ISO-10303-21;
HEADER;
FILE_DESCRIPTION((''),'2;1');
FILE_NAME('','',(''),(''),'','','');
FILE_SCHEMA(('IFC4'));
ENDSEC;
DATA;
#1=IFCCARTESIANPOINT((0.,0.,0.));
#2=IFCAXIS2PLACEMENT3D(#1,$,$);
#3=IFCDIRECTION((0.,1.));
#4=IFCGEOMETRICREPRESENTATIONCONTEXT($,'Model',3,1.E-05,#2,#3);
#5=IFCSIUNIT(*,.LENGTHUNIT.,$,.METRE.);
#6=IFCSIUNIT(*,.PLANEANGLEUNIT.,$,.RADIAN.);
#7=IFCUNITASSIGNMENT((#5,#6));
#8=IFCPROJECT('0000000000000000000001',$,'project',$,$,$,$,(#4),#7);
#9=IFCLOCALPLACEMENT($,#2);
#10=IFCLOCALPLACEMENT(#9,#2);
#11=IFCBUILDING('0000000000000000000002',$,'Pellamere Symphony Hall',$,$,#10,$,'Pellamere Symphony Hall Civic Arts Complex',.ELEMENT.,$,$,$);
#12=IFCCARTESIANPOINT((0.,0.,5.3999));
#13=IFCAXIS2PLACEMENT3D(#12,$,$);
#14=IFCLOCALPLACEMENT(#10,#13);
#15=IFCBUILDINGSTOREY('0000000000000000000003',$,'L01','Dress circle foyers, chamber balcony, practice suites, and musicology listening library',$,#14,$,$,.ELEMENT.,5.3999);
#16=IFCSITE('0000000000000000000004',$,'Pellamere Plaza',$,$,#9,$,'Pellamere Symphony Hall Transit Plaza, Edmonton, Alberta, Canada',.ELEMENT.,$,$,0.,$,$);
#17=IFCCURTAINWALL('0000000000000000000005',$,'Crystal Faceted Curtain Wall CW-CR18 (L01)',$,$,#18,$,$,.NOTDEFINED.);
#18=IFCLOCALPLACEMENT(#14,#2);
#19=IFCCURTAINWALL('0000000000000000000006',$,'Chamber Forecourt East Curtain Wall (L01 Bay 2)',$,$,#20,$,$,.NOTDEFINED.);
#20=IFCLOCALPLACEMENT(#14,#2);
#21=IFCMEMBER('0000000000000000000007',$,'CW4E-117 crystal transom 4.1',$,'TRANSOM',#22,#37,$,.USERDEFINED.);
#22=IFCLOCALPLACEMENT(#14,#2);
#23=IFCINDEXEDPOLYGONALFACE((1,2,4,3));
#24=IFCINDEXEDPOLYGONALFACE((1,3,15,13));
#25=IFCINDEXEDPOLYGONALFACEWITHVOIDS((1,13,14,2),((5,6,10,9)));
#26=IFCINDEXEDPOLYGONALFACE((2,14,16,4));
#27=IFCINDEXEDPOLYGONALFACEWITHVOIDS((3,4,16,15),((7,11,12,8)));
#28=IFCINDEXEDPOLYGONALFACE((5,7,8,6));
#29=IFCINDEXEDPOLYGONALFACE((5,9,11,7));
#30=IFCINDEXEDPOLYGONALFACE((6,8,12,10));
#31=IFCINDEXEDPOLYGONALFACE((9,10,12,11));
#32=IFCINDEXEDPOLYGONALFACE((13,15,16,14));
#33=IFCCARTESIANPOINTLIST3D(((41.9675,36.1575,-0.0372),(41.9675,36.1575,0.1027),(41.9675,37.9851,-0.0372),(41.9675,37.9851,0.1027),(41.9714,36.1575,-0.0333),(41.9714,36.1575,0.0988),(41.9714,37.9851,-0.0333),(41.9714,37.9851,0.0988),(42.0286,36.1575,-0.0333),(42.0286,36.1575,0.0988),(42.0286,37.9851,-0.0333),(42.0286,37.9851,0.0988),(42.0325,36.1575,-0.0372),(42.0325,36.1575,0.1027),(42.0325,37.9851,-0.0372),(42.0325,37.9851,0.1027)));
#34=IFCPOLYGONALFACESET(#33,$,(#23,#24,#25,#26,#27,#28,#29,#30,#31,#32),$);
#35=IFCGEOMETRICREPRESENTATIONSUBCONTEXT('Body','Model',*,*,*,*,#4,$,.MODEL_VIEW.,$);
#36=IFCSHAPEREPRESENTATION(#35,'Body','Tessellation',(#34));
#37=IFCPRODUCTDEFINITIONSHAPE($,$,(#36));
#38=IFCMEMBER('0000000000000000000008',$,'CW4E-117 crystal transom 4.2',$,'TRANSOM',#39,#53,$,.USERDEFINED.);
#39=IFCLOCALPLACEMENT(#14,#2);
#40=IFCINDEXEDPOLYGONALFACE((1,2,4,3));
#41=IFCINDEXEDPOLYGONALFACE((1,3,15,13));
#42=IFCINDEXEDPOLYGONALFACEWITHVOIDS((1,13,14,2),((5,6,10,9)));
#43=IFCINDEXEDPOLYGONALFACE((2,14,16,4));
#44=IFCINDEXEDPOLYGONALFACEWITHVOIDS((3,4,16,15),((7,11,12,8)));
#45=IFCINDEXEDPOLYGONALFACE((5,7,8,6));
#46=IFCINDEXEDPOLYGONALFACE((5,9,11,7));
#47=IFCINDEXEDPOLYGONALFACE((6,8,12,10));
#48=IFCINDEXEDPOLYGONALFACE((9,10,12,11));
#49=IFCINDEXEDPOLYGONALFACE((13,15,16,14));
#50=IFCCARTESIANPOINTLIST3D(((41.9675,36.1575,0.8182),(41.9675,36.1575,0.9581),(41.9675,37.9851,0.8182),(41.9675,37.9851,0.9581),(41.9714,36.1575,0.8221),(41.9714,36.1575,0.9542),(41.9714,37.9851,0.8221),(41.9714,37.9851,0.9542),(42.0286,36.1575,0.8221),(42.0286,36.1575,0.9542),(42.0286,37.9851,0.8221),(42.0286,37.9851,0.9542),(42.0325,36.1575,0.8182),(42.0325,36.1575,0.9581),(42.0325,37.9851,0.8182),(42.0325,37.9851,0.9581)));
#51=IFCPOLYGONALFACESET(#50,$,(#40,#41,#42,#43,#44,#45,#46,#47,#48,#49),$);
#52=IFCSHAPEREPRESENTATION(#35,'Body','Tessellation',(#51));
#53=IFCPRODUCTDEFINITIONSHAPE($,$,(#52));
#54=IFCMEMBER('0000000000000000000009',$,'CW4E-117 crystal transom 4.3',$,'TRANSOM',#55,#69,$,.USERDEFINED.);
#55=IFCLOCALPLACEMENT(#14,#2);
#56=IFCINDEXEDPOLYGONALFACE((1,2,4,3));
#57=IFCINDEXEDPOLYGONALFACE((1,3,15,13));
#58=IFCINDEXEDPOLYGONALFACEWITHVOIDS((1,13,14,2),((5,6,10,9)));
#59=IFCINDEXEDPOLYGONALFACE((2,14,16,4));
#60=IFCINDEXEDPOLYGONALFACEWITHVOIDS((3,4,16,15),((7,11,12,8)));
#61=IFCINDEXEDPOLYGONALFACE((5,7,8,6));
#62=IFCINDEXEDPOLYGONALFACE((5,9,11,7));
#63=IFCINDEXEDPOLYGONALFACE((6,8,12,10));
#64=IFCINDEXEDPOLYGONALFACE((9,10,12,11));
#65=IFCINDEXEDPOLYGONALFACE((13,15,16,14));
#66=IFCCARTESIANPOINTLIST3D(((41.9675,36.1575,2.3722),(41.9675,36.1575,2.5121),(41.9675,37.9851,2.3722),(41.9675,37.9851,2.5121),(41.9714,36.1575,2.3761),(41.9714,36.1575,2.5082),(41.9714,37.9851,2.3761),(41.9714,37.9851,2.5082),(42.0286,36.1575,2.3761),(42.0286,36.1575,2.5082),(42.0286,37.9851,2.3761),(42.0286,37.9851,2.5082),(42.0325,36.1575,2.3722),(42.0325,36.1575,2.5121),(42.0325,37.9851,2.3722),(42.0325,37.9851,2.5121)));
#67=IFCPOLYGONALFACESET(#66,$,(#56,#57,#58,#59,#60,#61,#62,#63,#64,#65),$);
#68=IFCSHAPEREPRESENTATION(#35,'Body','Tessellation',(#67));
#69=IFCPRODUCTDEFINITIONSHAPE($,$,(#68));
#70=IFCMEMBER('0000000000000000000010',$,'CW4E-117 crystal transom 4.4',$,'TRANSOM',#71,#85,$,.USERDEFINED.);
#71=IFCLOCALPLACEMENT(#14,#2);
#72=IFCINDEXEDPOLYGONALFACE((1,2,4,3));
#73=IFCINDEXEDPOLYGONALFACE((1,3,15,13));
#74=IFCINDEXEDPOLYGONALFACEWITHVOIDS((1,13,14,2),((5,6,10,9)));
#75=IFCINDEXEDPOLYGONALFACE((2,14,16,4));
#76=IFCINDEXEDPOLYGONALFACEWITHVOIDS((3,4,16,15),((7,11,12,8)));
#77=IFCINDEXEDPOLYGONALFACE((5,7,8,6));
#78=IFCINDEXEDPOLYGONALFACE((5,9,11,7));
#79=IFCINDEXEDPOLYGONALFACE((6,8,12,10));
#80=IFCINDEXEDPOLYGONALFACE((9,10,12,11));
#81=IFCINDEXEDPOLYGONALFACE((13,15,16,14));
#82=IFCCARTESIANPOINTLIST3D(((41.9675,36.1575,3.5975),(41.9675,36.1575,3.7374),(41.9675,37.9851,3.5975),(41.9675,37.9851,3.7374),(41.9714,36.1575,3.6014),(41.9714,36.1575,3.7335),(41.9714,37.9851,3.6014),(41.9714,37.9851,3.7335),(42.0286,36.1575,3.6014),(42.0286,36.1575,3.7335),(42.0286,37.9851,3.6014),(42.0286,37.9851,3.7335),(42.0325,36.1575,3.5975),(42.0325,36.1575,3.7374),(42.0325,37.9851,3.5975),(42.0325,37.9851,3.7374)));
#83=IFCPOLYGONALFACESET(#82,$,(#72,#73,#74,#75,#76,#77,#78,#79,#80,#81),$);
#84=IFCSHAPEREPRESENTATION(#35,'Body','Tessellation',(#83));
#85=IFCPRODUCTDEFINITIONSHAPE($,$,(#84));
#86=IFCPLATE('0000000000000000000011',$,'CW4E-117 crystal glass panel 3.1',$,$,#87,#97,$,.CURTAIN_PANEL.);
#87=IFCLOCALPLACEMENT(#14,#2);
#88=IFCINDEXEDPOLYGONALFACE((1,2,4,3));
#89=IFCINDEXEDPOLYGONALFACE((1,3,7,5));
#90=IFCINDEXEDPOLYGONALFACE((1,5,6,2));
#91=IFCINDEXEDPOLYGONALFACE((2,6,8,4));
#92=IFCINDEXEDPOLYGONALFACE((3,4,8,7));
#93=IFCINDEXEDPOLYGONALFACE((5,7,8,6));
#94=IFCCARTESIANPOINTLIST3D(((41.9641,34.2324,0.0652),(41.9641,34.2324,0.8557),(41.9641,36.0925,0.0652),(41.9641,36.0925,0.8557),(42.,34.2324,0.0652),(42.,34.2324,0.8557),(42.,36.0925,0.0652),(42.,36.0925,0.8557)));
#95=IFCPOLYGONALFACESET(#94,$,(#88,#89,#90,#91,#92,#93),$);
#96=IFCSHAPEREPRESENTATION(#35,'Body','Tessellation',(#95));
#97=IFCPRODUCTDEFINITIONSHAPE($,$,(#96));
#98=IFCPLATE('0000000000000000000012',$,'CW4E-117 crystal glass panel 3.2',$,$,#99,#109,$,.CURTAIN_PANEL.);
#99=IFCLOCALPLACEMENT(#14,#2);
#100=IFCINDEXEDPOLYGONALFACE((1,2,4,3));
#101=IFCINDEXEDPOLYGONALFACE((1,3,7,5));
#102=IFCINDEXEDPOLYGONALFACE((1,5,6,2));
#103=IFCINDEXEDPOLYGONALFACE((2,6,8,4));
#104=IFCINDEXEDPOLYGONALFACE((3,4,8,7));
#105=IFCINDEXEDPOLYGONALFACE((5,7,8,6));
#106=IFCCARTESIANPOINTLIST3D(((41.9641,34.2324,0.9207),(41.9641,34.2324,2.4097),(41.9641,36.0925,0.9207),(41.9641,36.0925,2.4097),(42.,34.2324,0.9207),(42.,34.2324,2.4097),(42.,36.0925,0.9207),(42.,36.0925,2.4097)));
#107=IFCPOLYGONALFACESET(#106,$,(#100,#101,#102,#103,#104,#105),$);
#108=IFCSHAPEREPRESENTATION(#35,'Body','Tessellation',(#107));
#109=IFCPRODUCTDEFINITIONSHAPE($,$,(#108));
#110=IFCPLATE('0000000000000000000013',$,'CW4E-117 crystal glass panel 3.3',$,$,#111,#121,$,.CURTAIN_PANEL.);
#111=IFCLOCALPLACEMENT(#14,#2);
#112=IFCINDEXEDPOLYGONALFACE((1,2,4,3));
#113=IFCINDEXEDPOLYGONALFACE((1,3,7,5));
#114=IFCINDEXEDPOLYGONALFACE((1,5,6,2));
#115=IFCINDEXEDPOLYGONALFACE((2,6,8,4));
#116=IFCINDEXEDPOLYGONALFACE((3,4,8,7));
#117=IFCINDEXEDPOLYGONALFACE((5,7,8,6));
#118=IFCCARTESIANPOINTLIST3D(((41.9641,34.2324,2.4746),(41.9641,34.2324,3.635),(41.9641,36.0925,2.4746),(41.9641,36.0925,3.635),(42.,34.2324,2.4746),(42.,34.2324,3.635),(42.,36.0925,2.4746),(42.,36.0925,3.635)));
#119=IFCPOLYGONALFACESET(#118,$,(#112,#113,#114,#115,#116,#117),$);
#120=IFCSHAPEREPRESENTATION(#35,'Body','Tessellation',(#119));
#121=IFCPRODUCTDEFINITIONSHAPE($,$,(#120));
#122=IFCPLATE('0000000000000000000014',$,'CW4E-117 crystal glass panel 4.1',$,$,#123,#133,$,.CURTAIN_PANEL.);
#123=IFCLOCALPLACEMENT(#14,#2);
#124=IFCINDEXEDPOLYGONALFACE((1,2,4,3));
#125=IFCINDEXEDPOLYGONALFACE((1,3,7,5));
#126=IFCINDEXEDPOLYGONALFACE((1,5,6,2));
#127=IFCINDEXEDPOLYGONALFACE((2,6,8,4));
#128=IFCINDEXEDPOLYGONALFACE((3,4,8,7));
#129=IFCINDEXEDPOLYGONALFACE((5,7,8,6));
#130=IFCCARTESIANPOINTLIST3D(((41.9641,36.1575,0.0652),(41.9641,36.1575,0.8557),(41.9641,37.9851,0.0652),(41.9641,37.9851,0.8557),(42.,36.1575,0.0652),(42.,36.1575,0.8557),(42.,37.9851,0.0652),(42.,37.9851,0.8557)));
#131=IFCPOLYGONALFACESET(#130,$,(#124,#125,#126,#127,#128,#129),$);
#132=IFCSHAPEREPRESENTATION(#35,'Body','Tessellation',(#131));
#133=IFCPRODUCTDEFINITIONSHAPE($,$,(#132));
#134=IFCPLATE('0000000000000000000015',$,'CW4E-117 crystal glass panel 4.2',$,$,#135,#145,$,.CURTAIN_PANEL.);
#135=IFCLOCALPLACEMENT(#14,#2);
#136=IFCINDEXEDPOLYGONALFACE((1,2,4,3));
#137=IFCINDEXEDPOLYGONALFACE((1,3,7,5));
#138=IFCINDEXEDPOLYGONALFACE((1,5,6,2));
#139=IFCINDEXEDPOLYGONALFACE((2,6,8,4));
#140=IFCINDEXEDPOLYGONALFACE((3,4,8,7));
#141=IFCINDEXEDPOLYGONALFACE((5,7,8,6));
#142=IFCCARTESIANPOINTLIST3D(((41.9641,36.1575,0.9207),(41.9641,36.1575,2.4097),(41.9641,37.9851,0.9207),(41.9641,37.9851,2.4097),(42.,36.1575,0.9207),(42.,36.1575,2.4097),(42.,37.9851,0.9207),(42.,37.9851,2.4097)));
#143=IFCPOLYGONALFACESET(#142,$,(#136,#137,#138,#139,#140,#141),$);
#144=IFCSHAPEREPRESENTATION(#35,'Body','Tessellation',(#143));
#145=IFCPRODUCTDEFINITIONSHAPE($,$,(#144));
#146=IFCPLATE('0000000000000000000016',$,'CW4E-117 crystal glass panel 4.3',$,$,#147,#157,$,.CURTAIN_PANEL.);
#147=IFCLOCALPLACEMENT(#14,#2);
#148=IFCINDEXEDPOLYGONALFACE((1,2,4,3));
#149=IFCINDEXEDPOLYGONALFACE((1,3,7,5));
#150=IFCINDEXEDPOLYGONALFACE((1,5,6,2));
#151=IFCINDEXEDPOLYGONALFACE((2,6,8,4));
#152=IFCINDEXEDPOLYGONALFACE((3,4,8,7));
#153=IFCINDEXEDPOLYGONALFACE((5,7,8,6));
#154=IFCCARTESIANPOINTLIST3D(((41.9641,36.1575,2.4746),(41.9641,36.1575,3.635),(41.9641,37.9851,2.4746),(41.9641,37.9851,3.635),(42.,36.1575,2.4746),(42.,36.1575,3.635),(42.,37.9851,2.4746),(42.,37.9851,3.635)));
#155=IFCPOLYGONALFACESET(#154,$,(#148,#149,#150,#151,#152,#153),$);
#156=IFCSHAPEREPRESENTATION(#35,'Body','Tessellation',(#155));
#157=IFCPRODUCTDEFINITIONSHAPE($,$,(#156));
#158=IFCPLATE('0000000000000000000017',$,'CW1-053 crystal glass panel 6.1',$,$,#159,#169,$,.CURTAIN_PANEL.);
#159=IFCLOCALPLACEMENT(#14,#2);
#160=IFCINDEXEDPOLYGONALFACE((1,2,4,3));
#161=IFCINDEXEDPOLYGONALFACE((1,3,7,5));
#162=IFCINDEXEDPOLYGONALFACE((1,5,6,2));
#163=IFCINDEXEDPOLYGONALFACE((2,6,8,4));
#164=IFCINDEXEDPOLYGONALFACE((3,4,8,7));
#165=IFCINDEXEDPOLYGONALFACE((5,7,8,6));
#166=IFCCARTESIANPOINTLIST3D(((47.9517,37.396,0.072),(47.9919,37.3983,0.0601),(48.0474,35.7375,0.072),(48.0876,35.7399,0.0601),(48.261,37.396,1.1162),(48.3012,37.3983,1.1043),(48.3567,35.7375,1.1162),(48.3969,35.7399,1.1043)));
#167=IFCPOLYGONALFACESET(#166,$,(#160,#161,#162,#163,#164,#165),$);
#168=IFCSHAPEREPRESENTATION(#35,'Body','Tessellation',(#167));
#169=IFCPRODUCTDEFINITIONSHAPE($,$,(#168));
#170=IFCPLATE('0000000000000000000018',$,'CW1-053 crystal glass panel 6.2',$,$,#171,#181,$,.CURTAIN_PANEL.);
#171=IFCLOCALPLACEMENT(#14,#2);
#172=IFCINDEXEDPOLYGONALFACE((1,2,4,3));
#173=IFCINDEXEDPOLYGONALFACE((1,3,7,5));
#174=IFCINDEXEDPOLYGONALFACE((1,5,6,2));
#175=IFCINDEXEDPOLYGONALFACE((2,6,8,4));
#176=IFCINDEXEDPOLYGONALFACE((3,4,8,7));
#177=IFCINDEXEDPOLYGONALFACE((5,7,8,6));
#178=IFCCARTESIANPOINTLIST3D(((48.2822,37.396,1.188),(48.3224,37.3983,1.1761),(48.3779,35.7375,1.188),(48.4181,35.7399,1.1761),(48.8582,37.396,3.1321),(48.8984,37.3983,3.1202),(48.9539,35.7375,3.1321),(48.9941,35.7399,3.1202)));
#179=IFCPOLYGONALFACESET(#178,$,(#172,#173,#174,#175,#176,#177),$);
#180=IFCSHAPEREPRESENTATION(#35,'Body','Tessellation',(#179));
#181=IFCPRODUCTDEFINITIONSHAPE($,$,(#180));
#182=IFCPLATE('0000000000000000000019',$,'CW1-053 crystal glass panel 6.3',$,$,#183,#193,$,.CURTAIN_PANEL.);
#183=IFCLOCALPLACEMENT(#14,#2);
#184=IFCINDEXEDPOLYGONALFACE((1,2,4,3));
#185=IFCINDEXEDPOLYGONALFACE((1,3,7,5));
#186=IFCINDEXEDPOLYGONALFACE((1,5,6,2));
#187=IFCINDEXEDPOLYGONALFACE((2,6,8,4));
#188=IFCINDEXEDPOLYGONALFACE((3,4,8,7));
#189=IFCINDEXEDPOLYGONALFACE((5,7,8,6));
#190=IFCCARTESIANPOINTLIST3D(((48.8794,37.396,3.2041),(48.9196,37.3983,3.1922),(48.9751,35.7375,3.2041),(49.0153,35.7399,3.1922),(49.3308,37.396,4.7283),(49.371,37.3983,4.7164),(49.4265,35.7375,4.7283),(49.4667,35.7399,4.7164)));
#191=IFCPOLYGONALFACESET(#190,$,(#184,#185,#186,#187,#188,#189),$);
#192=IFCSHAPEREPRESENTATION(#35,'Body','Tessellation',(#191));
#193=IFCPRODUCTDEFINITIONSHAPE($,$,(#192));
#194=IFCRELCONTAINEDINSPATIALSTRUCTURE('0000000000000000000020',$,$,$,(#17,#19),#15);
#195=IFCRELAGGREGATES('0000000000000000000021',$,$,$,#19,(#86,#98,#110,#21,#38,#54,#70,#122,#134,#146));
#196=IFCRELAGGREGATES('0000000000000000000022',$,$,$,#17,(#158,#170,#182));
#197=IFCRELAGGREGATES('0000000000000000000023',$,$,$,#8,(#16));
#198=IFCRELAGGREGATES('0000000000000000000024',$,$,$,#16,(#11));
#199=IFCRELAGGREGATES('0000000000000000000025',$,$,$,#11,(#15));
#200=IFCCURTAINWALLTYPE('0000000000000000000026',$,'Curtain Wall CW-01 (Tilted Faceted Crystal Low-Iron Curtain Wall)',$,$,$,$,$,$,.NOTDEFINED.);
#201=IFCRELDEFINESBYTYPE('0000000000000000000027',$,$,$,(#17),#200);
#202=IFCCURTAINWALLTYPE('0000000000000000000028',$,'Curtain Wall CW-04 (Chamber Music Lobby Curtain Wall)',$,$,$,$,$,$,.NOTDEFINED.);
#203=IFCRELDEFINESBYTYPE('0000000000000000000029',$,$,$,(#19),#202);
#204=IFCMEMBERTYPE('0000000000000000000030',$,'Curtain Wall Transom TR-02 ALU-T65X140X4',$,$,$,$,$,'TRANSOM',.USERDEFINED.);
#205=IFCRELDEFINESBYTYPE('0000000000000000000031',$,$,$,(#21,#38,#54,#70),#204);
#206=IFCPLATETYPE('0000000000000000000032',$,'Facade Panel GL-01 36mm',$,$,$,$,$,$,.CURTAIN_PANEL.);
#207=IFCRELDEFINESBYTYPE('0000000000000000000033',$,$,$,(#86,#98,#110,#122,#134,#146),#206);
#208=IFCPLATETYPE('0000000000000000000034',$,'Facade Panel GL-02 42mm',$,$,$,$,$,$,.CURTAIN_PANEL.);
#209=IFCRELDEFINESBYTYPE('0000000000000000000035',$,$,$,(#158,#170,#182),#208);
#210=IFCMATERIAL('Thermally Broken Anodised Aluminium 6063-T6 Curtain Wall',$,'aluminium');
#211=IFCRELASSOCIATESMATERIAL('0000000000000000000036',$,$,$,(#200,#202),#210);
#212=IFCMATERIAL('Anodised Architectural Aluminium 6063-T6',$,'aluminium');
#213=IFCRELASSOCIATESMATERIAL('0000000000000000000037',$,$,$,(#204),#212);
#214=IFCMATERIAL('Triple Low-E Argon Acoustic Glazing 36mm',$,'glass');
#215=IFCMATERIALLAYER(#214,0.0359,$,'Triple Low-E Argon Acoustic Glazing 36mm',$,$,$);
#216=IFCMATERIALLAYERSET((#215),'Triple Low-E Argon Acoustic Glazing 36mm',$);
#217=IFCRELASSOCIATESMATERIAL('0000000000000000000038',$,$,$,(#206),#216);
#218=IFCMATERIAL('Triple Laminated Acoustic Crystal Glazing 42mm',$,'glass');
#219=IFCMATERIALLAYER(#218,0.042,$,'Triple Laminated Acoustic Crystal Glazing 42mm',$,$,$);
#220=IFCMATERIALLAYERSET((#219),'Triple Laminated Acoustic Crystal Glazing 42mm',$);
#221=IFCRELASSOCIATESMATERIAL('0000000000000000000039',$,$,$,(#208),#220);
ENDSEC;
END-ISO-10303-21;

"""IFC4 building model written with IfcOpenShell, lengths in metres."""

from ifc_helpers import new_model, si_unit, direction, frame, origin, origin_2d, place, context, subcontext, project, spatial, polyline, hollow_rectangle, outline, extrude, material, layer, layer_set, material_profile, profile_set, type_object, element, aggregate, save


model = new_model("IFC4")

# Units and contexts
model_context = context("Model", 3, precision=1e-05, world=origin(), true_north=direction((0.0, 1.0)))
body_context = subcontext(model_context, "Body", "Model", "MODEL_VIEW")
ifc_project = project(units=[si_unit("LENGTHUNIT", "METRE"), si_unit("PLANEANGLEUNIT", "RADIAN")], contexts=[model_context])

# Site, building, storey
site_placement = place(None, origin())
site = spatial("IfcSite", under=ifc_project, at=site_placement, Name="Pellamere Plaza", LongName="Pellamere Symphony Hall Transit Plaza, Edmonton, Alberta, Canada", CompositionType="ELEMENT", RefElevation=0.0)
building_placement = place(site_placement, origin())
building = spatial("IfcBuilding", under=site, at=building_placement, Name="Pellamere Symphony Hall", LongName="Pellamere Symphony Hall Civic Arts Complex", CompositionType="ELEMENT")
storey_placement = place(building_placement, frame((0.0, 0.0, 5.3999)))
storey = spatial("IfcBuildingStorey", under=building, at=storey_placement, Name="L01", Description="Dress circle foyers, chamber balcony, practice suites, and musicology listening library", CompositionType="ELEMENT", Elevation=5.3999)

# Curtain walls
ifc_material_1 = material(Name="Thermally Broken Anodised Aluminium 6063-T6 Curtain Wall", Category="aluminium")
curtain_wall_type_1 = type_object("IfcCurtainWallType", Name="Curtain Wall CW-01 (Tilted Faceted Crystal Low-Iron Curtain Wall)", PredefinedType="NOTDEFINED", material=ifc_material_1)
curtain_wall_1_placement = place(storey_placement, origin())
curtain_wall_1 = element("IfcCurtainWall", 1, at=curtain_wall_1_placement, inside=storey, type_object=curtain_wall_type_1, Name="Crystal Faceted Curtain Wall CW-CR18 (L01)", PredefinedType="NOTDEFINED")
ifc_material_2 = material(Name="Anodised Architectural Aluminium 6063-T6", Category="aluminium")
curtain_wall_type_2 = type_object("IfcCurtainWallType", Name="Curtain Wall CW-04 (Chamber Music Lobby Curtain Wall)", PredefinedType="NOTDEFINED", material=ifc_material_1)
curtain_wall_2_placement = place(storey_placement, origin())
curtain_wall_2 = element("IfcCurtainWall", 2, at=curtain_wall_2_placement, inside=storey, type_object=curtain_wall_type_2, Name="Chamber Forecourt East Curtain Wall (L01 Bay 2)", PredefinedType="NOTDEFINED")

# Members
ifc_material_profile_1 = material_profile(ifc_material_2, hollow_rectangle(XDim=0.0649, YDim=0.1399, WallThickness=0.0039, at=origin_2d()), Name="ALU-T65X140X4")
ifc_profile_set_1 = profile_set([ifc_material_profile_1], Name="Anodised Architectural Aluminium 6063-T6")
member_type_1 = type_object("IfcMemberType", Name="Curtain Wall Transom TR-02 ALU-T65X140X4", ElementType="TRANSOM", PredefinedType="USERDEFINED", material=ifc_profile_set_1)
member_1_placement = place(storey_placement, frame((42.0, 36.1575, 0.0327), z_axis=(0.0, 1.0, 0.0), x_axis=(-1.0, 0.0, 0.0)))
member_1 = element("IfcMember", 3, at=member_1_placement, type_object=member_type_1, Name="CW4E-117 crystal transom 4.1", ObjectType="TRANSOM", PredefinedType="USERDEFINED", context=body_context, shape_type="SweptSolid", body=[
    extrude(hollow_rectangle(XDim=0.0649, YDim=0.1399, WallThickness=0.0039, at=origin_2d()), origin(), (0.0, 0.0, 1.0), 1.8276),
])
member_2_placement = place(storey_placement, frame((42.0, 36.1575, 0.8882), z_axis=(0.0, 1.0, 0.0), x_axis=(-1.0, 0.0, 0.0)))
member_2 = element("IfcMember", 4, at=member_2_placement, type_object=member_type_1, Name="CW4E-117 crystal transom 4.2", ObjectType="TRANSOM", PredefinedType="USERDEFINED", context=body_context, shape_type="SweptSolid", body=[
    extrude(hollow_rectangle(XDim=0.0649, YDim=0.1399, WallThickness=0.0039, at=origin_2d()), origin(), (0.0, 0.0, 1.0), 1.8276),
])
member_3_placement = place(storey_placement, frame((42.0, 36.1575, 2.4421), z_axis=(0.0, 1.0, 0.0), x_axis=(-1.0, 0.0, 0.0)))
member_3 = element("IfcMember", 5, at=member_3_placement, type_object=member_type_1, Name="CW4E-117 crystal transom 4.3", ObjectType="TRANSOM", PredefinedType="USERDEFINED", context=body_context, shape_type="SweptSolid", body=[
    extrude(hollow_rectangle(XDim=0.0649, YDim=0.1399, WallThickness=0.0039, at=origin_2d()), origin(), (0.0, 0.0, 1.0), 1.8276),
])
member_4_placement = place(storey_placement, frame((42.0, 36.1575, 3.6675), z_axis=(0.0, 1.0, 0.0), x_axis=(-1.0, 0.0, 0.0)))
member_4 = element("IfcMember", 6, at=member_4_placement, type_object=member_type_1, Name="CW4E-117 crystal transom 4.4", ObjectType="TRANSOM", PredefinedType="USERDEFINED", context=body_context, shape_type="SweptSolid", body=[
    extrude(hollow_rectangle(XDim=0.0649, YDim=0.1399, WallThickness=0.0039, at=origin_2d()), origin(), (0.0, 0.0, 1.0), 1.8276),
])

# Plates
ifc_material_3 = material(Name="Triple Low-E Argon Acoustic Glazing 36mm", Category="glass")
ifc_layer_1 = layer(ifc_material_3, 0.0359, Name="Triple Low-E Argon Acoustic Glazing 36mm")
ifc_layer_set_1 = layer_set([ifc_layer_1], Name="Triple Low-E Argon Acoustic Glazing 36mm")
plate_type_1 = type_object("IfcPlateType", Name="Facade Panel GL-01 36mm", PredefinedType="CURTAIN_PANEL", material=ifc_layer_set_1)
plate_1_placement = place(storey_placement, frame((42.0, 34.2324, 0.0652), z_axis=(1.0, 0.0, 0.0), x_axis=(0.0, 1.0, 0.0)))
plate_1 = element("IfcPlate", 7, at=plate_1_placement, type_object=plate_type_1, Name="CW4E-117 crystal glass panel 3.1", PredefinedType="CURTAIN_PANEL", context=body_context, shape_type="SweptSolid", body=[
    extrude(outline(polyline([(0.0, 0.0), (1.8601, 0.0), (1.8601, 0.7905), (0.0, 0.7905), (0.0, 0.0)])), origin(), (0.0, 0.0, -1.0), 0.0359),
])
plate_2_placement = place(storey_placement, frame((42.0, 34.2324, 0.9207), z_axis=(1.0, 0.0, 0.0), x_axis=(0.0, 1.0, 0.0)))
plate_2 = element("IfcPlate", 8, at=plate_2_placement, type_object=plate_type_1, Name="CW4E-117 crystal glass panel 3.2", PredefinedType="CURTAIN_PANEL", context=body_context, shape_type="SweptSolid", body=[
    extrude(outline(polyline([(0.0, 0.0), (1.8601, 0.0), (1.8601, 1.489), (0.0, 1.489), (0.0, 0.0)])), origin(), (0.0, 0.0, -1.0), 0.0359),
])
plate_3_placement = place(storey_placement, frame((42.0, 34.2324, 2.4746), z_axis=(1.0, 0.0, 0.0), x_axis=(0.0, 1.0, 0.0)))
plate_3 = element("IfcPlate", 9, at=plate_3_placement, type_object=plate_type_1, Name="CW4E-117 crystal glass panel 3.3", PredefinedType="CURTAIN_PANEL", context=body_context, shape_type="SweptSolid", body=[
    extrude(outline(polyline([(0.0, 0.0), (1.8601, 0.0), (1.8601, 1.1604), (0.0, 1.1604), (0.0, 0.0)])), origin(), (0.0, 0.0, -1.0), 0.0359),
])
plate_4_placement = place(storey_placement, frame((42.0, 36.1575, 0.0652), z_axis=(1.0, 0.0, 0.0), x_axis=(0.0, 1.0, 0.0)))
plate_4 = element("IfcPlate", 10, at=plate_4_placement, type_object=plate_type_1, Name="CW4E-117 crystal glass panel 4.1", PredefinedType="CURTAIN_PANEL", context=body_context, shape_type="SweptSolid", body=[
    extrude(outline(polyline([(0.0, 0.0), (1.8276, 0.0), (1.8276, 0.7905), (0.0, 0.7905), (0.0, 0.0)])), origin(), (0.0, 0.0, -1.0), 0.0359),
])
plate_5_placement = place(storey_placement, frame((42.0, 36.1575, 0.9207), z_axis=(1.0, 0.0, 0.0), x_axis=(0.0, 1.0, 0.0)))
plate_5 = element("IfcPlate", 11, at=plate_5_placement, type_object=plate_type_1, Name="CW4E-117 crystal glass panel 4.2", PredefinedType="CURTAIN_PANEL", context=body_context, shape_type="SweptSolid", body=[
    extrude(outline(polyline([(0.0, 0.0), (1.8276, 0.0), (1.8276, 1.489), (0.0, 1.489), (0.0, 0.0)])), origin(), (0.0, 0.0, -1.0), 0.0359),
])
plate_6_placement = place(storey_placement, frame((42.0, 36.1575, 2.4746), z_axis=(1.0, 0.0, 0.0), x_axis=(0.0, 1.0, 0.0)))
plate_6 = element("IfcPlate", 12, at=plate_6_placement, type_object=plate_type_1, Name="CW4E-117 crystal glass panel 4.3", PredefinedType="CURTAIN_PANEL", context=body_context, shape_type="SweptSolid", body=[
    extrude(outline(polyline([(0.0, 0.0), (1.8276, 0.0), (1.8276, 1.1604), (0.0, 1.1604), (0.0, 0.0)])), origin(), (0.0, 0.0, -1.0), 0.0359),
])
aggregate(curtain_wall_2, [plate_1, plate_2, plate_3, member_1, member_2, member_3, member_4, plate_4, plate_5, plate_6])
ifc_material_4 = material(Name="Triple Laminated Acoustic Crystal Glazing 42mm", Category="glass")
ifc_layer_2 = layer(ifc_material_4, 0.042, Name="Triple Laminated Acoustic Crystal Glazing 42mm")
ifc_layer_set_2 = layer_set([ifc_layer_2], Name="Triple Laminated Acoustic Crystal Glazing 42mm")
plate_type_2 = type_object("IfcPlateType", Name="Facade Panel GL-02 42mm", PredefinedType="CURTAIN_PANEL", material=ifc_layer_set_2)
plate_7_placement = place(storey_placement, frame((47.9517, 37.396, 0.072), z_axis=(-0.95735, -0.055245, 0.283601), x_axis=(0.057611, -0.998339, 0.0)))
plate_7 = element("IfcPlate", 13, at=plate_7_placement, type_object=plate_type_2, Name="CW1-053 crystal glass panel 6.1", PredefinedType="CURTAIN_PANEL", context=body_context, shape_type="SweptSolid", body=[
    extrude(outline(polyline([(0.0, 0.0), (1.6612, 0.0), (1.679, 1.0889), (0.0178, 1.0889), (0.0, 0.0)])), origin(), (0.0, 0.0, -1.0), 0.042),
])
plate_8_placement = place(storey_placement, frame((48.2822, 37.396, 1.188), z_axis=(-0.957347, -0.055245, 0.283609), x_axis=(0.057611, -0.998339, 0.0)))
plate_8 = element("IfcPlate", 14, at=plate_8_placement, type_object=plate_type_2, Name="CW1-053 crystal glass panel 6.2", PredefinedType="CURTAIN_PANEL", context=body_context, shape_type="SweptSolid", body=[
    extrude(outline(polyline([(0.0, 0.0), (1.6612, 0.0), (1.6944, 2.0273), (0.0332, 2.0273), (0.0, 0.0)])), origin(), (0.0, 0.0, -1.0), 0.042),
])
plate_9_placement = place(storey_placement, frame((48.8794, 37.396, 3.2041), z_axis=(-0.957366, -0.055246, 0.283545), x_axis=(0.057611, -0.998339, 0.0)))
plate_9 = element("IfcPlate", 15, at=plate_9_placement, type_object=plate_type_2, Name="CW1-053 crystal glass panel 6.3", PredefinedType="CURTAIN_PANEL", context=body_context, shape_type="SweptSolid", body=[
    extrude(outline(polyline([(0.0, 0.0), (1.6612, 0.0), (1.6872, 1.5894), (0.026, 1.5894), (0.0, 0.0)])), origin(), (0.0, 0.0, -1.0), 0.042),
])
aggregate(curtain_wall_1, [plate_7, plate_8, plate_9])

save(model, "model.ifc")
